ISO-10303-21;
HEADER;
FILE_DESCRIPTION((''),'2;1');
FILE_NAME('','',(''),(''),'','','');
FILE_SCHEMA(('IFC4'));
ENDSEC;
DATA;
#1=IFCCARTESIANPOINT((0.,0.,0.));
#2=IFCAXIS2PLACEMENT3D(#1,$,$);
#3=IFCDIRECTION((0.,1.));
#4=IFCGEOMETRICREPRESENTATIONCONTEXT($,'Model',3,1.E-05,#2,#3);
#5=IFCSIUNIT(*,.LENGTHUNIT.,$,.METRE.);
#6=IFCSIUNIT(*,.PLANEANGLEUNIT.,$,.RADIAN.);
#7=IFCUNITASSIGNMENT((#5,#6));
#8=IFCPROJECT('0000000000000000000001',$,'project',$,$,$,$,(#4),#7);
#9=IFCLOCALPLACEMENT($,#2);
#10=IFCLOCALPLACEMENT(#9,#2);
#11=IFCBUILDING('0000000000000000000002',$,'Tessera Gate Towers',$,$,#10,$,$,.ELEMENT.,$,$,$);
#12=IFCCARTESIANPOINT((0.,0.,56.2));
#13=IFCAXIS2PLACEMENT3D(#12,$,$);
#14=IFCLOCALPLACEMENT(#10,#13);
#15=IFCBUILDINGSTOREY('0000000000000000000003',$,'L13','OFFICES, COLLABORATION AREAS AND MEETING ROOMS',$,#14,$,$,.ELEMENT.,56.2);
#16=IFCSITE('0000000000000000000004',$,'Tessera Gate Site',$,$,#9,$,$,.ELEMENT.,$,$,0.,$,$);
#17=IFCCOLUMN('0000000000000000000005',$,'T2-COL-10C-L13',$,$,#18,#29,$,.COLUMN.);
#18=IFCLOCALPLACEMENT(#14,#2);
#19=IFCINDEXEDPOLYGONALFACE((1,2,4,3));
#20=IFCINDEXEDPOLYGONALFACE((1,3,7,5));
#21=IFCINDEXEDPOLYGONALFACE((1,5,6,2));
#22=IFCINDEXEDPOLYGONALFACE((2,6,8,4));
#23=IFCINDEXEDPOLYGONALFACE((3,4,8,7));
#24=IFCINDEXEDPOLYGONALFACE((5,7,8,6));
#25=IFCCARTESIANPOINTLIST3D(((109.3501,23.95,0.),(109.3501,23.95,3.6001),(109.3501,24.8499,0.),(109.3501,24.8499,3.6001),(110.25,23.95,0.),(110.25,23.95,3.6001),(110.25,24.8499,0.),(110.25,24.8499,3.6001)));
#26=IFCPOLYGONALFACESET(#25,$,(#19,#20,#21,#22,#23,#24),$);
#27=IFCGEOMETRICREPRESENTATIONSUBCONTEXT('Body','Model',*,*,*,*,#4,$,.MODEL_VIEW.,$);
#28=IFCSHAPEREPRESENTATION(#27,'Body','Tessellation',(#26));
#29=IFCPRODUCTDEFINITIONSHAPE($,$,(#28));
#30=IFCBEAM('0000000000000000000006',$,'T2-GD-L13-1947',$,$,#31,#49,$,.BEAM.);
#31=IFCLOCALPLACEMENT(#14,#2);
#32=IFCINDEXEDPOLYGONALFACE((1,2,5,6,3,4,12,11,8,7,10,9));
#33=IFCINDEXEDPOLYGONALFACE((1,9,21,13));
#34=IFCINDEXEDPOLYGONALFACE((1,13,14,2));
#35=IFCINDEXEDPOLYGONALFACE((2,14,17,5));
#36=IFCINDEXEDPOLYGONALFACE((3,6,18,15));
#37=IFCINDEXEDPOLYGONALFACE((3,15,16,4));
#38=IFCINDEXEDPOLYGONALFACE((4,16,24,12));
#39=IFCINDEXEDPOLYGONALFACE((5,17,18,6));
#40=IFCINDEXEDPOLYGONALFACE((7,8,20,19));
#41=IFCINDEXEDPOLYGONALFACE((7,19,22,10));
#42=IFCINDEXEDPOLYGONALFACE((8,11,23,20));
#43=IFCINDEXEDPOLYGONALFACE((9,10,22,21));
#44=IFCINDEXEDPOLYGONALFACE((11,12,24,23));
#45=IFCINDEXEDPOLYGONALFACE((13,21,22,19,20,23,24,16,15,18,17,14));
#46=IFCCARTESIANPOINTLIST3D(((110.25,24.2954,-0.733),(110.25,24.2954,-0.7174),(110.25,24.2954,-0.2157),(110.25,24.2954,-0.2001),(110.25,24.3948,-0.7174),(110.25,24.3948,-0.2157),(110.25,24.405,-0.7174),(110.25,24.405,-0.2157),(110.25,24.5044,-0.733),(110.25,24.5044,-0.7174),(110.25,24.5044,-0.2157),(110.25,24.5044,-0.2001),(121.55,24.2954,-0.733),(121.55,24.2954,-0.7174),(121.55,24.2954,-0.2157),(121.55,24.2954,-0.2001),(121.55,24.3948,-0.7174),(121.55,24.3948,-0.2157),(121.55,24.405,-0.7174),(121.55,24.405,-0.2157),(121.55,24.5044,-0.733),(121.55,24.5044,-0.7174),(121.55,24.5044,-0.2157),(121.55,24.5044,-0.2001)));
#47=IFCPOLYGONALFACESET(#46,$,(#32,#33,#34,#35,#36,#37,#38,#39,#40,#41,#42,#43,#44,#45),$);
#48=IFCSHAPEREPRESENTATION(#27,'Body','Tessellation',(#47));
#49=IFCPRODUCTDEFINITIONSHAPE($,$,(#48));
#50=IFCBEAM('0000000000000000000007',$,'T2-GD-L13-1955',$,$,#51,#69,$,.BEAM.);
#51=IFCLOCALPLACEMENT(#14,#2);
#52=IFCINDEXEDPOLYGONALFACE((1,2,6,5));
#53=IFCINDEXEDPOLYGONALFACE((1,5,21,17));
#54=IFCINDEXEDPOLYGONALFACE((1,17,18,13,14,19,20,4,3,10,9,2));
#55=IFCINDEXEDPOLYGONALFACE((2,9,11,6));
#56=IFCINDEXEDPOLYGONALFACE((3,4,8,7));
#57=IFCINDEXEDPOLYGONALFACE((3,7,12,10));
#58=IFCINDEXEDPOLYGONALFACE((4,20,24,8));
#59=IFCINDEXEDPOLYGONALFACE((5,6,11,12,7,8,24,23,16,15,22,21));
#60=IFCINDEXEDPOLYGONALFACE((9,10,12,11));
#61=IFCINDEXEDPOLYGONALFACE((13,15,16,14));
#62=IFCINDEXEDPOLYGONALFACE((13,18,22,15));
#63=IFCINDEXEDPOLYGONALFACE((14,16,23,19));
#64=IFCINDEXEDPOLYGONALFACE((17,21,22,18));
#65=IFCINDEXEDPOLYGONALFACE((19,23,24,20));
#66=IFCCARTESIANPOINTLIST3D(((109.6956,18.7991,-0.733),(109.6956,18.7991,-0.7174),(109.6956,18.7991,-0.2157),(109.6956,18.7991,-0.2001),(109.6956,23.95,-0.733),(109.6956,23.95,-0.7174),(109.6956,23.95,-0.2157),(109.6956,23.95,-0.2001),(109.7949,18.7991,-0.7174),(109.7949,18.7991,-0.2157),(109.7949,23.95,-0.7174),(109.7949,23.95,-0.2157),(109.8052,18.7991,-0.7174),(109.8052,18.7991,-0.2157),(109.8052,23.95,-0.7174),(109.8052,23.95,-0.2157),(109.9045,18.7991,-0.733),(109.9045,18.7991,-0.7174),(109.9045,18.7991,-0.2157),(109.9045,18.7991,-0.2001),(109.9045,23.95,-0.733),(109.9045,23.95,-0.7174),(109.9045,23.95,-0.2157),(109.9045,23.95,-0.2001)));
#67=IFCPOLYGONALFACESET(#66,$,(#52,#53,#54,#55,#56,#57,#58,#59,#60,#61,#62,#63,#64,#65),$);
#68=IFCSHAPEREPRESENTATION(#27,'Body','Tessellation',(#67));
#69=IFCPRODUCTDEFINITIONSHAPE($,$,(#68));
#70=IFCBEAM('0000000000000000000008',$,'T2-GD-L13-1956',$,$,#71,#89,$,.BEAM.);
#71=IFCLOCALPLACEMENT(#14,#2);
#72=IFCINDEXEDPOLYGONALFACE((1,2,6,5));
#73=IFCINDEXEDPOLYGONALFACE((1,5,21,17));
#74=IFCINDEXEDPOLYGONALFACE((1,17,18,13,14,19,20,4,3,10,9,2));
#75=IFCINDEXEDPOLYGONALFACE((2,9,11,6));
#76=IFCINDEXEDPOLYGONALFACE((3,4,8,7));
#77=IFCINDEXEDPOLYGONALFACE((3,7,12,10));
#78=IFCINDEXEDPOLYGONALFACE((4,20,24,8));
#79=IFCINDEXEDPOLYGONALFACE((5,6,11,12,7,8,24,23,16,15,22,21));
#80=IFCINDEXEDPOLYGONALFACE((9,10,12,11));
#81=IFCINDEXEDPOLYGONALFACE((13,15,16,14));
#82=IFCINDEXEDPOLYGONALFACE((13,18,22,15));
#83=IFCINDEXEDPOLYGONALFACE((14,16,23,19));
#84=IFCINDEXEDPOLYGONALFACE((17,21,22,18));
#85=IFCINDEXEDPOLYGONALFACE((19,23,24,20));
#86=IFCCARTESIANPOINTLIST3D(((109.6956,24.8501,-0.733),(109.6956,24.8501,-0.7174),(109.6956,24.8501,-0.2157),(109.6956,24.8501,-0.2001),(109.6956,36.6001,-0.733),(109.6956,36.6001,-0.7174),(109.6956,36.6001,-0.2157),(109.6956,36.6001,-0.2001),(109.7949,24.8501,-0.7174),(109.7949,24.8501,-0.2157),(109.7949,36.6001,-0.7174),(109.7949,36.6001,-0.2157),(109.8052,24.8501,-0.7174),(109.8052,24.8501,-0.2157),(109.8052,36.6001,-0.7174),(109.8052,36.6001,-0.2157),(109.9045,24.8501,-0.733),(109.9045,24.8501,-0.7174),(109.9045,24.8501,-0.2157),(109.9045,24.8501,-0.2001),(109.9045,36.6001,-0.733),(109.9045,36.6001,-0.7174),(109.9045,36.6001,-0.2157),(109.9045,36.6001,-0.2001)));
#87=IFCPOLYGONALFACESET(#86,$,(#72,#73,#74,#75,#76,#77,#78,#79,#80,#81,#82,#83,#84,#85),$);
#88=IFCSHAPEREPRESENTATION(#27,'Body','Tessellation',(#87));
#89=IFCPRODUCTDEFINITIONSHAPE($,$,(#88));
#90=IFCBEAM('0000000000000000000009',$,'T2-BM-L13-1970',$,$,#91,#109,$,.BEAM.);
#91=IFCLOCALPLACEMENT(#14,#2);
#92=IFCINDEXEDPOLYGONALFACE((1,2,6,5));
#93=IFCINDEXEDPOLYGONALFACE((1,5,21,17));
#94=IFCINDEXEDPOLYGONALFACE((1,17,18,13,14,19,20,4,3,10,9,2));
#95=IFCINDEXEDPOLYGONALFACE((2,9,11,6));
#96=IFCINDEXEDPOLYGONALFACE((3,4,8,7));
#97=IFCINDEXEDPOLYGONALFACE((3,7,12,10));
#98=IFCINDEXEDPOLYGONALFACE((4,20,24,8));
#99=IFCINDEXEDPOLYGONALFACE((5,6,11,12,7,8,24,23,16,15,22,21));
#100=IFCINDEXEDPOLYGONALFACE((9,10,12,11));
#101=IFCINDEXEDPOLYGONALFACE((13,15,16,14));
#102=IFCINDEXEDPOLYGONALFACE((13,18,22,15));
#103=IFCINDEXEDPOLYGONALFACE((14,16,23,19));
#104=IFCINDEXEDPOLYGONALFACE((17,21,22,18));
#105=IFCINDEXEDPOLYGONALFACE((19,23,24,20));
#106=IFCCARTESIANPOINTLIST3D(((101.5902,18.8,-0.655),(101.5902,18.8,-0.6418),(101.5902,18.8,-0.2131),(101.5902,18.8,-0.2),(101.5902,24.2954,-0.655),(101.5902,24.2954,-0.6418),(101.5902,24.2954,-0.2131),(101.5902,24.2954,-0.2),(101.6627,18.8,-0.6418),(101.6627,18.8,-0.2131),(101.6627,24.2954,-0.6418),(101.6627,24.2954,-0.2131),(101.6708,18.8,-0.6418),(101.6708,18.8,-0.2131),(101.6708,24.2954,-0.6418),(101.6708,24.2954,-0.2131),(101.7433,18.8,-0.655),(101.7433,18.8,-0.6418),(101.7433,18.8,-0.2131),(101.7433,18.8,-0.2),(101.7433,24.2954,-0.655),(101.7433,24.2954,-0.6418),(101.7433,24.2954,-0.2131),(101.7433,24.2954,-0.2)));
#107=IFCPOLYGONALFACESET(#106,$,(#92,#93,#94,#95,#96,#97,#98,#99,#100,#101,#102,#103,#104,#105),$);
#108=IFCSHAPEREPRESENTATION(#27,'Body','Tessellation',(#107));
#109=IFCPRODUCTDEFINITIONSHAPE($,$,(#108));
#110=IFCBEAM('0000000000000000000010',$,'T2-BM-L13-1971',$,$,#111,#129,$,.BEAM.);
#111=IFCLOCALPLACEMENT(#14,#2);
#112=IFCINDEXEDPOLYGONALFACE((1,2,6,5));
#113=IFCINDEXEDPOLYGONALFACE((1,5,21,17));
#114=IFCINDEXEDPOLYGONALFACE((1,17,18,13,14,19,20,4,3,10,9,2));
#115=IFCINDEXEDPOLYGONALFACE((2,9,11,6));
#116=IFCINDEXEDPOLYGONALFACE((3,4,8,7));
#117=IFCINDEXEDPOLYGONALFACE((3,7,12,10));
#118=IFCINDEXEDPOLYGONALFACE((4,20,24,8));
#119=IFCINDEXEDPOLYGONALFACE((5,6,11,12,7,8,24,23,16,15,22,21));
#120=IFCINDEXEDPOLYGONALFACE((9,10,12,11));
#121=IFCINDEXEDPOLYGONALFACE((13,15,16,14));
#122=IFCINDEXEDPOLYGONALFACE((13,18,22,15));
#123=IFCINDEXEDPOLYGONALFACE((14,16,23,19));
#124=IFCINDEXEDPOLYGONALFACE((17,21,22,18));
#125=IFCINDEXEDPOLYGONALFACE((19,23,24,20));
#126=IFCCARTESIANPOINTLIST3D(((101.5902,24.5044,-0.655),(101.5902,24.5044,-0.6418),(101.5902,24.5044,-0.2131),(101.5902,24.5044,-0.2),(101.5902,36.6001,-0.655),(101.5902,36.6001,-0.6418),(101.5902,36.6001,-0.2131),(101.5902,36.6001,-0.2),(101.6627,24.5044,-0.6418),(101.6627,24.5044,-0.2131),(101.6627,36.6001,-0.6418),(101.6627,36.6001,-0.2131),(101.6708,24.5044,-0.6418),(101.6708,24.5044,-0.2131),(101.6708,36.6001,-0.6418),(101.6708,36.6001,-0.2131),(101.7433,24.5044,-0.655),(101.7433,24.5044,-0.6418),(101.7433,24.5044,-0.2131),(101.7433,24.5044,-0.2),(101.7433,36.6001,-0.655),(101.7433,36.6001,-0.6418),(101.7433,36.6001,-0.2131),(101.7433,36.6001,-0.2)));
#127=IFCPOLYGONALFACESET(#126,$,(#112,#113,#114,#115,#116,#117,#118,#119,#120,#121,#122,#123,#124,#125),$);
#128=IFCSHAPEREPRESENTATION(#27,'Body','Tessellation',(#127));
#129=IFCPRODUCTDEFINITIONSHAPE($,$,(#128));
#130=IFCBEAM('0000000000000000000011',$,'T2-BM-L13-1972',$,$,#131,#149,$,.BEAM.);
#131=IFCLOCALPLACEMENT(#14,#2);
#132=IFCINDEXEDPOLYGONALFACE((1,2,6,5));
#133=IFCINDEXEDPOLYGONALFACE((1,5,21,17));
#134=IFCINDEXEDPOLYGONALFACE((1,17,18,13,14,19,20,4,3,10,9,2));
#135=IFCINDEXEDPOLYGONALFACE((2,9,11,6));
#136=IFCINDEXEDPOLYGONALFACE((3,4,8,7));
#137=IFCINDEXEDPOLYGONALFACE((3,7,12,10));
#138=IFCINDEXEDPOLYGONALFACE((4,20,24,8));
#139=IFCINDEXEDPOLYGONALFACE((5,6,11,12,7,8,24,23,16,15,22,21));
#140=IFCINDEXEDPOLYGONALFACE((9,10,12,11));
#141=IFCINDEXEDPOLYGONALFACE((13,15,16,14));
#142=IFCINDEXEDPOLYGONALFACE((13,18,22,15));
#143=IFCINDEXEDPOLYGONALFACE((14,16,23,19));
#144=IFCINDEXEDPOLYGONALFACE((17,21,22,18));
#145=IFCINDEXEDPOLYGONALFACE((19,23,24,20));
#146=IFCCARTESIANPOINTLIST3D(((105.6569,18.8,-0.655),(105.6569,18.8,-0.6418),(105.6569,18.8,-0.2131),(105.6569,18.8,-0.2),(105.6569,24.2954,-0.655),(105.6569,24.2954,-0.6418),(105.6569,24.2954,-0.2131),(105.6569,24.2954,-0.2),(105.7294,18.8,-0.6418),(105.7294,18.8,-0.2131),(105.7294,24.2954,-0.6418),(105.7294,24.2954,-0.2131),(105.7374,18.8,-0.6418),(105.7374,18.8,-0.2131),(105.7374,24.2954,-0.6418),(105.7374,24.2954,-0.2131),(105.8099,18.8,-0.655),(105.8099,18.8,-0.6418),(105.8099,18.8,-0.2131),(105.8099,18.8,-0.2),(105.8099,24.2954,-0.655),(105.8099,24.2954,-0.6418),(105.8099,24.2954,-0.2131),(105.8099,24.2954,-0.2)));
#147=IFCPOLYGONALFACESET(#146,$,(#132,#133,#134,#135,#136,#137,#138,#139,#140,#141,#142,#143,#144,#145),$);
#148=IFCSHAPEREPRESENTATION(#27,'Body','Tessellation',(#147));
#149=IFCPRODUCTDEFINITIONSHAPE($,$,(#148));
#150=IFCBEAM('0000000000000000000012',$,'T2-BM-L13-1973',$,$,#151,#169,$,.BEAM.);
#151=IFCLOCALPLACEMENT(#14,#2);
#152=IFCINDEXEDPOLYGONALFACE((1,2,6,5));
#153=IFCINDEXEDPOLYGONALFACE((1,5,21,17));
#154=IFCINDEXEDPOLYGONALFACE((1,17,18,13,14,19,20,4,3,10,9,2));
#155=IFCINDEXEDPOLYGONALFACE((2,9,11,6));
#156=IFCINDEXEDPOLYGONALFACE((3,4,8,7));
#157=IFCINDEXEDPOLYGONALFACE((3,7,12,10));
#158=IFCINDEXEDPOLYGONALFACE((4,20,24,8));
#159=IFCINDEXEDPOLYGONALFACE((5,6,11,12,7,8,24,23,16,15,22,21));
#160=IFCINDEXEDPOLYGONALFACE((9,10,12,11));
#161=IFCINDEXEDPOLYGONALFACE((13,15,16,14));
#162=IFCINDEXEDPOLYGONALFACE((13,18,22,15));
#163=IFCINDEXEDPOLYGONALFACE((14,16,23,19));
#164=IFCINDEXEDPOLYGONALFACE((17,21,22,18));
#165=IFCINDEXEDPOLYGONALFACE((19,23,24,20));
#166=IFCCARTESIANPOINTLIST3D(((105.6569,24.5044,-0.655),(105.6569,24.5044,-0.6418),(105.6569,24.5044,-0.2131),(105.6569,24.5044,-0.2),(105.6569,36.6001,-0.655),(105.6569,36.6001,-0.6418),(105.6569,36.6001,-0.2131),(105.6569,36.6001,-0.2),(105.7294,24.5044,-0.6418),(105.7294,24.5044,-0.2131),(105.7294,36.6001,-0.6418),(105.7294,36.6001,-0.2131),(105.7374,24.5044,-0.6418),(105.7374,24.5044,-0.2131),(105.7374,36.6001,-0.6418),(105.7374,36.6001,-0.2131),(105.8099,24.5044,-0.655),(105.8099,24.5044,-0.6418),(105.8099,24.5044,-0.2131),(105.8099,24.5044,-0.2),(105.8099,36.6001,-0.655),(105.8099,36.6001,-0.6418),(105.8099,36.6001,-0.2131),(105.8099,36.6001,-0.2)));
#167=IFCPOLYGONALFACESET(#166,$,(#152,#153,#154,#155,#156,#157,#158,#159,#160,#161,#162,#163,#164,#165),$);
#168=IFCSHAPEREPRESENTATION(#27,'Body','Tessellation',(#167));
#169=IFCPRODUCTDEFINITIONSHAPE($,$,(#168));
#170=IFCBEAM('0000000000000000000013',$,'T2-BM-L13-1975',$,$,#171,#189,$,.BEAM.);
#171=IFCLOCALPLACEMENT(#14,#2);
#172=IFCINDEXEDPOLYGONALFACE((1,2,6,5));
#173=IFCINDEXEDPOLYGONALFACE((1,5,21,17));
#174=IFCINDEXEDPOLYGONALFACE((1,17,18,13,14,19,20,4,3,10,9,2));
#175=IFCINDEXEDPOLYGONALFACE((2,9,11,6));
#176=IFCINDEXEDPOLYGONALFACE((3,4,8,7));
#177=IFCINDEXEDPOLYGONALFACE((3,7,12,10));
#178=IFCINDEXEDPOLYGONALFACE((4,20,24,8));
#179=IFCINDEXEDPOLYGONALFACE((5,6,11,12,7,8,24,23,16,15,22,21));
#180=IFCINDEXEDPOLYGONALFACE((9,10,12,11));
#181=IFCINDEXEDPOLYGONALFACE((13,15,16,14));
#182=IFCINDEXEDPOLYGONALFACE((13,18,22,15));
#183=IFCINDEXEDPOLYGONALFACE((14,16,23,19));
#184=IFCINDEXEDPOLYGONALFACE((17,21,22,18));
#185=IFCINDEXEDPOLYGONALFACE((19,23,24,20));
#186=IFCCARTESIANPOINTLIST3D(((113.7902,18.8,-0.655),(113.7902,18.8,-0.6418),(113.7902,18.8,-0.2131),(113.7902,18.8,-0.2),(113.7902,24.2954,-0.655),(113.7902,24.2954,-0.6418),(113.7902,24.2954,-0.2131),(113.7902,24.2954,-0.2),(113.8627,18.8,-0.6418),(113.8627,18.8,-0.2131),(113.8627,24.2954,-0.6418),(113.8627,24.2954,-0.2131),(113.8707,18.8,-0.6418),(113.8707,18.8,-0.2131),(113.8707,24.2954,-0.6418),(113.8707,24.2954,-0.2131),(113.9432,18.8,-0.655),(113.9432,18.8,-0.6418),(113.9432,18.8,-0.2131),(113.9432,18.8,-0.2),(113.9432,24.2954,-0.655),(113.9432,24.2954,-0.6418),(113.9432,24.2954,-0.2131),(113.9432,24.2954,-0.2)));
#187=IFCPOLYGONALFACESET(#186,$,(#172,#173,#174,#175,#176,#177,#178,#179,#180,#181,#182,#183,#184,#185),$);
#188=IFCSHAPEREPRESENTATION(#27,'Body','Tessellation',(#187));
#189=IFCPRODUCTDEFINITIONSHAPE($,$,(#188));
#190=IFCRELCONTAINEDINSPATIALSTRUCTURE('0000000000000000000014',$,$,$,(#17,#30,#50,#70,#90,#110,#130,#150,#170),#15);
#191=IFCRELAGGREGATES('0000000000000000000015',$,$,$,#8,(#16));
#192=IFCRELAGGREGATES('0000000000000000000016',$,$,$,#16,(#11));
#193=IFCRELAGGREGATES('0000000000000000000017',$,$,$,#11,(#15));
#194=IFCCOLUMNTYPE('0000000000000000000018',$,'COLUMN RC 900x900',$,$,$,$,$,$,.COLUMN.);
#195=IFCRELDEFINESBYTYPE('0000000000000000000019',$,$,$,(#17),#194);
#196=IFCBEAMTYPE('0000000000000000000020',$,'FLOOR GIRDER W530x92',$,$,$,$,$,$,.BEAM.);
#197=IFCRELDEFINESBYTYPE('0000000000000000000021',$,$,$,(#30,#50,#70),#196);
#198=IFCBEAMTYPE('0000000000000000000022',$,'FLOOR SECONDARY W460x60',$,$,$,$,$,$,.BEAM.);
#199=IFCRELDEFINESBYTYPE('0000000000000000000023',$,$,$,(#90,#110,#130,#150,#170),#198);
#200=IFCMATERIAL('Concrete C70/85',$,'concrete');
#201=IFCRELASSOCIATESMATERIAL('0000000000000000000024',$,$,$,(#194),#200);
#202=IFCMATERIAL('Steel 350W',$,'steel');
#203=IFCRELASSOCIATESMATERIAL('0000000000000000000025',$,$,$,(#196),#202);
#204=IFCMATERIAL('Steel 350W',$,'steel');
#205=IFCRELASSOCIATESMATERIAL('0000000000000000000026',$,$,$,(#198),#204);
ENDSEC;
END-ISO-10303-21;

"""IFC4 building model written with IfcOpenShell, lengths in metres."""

from ifc_helpers import new_model, si_unit, direction, frame, origin, origin_2d, place, context, subcontext, project, spatial, rectangle, i_section, extrude, material, material_profile, profile_set, type_object, element, save


model = new_model("IFC4")

# Units and contexts
model_context = context("Model", 3, precision=1e-05, world=origin(), true_north=direction((0.0, 1.0)))
body_context = subcontext(model_context, "Body", "Model", "MODEL_VIEW")
ifc_project = project(units=[si_unit("LENGTHUNIT", "METRE"), si_unit("PLANEANGLEUNIT", "RADIAN")], contexts=[model_context])

# Site, building, storey
site_placement = place(None, origin())
site = spatial("IfcSite", under=ifc_project, at=site_placement, Name="Tessera Gate Site", CompositionType="ELEMENT", RefElevation=0.0)
building_placement = place(site_placement, origin())
building = spatial("IfcBuilding", under=site, at=building_placement, Name="Tessera Gate Towers", CompositionType="ELEMENT")
storey_placement = place(building_placement, frame((0.0, 0.0, 56.2)))
storey = spatial("IfcBuildingStorey", under=building, at=storey_placement, Name="L13", Description="OFFICES, COLLABORATION AREAS AND MEETING ROOMS", CompositionType="ELEMENT", Elevation=56.2)

# Column
ifc_material_1 = material(Name="Concrete C70/85", Category="concrete")
ifc_material_profile_1 = material_profile(ifc_material_1, rectangle(XDim=0.8999, YDim=0.8999, at=origin_2d()), Name="RC 900x900")
ifc_profile_set_1 = profile_set([ifc_material_profile_1], Name="Concrete C70/85")
column_type = type_object("IfcColumnType", Name="COLUMN RC 900x900", PredefinedType="COLUMN", material=ifc_profile_set_1)
column_placement = place(storey_placement, frame((109.8, 24.3999, 0.0), z_axis=(0.0, 0.0, 1.0), x_axis=(1.0, 0.0, 0.0)))
element("IfcColumn", 1, at=column_placement, inside=storey, type_object=column_type, Name="T2-COL-10C-L13", PredefinedType="COLUMN", context=body_context, shape_type="SweptSolid", body=[
    extrude(rectangle(XDim=0.8999, YDim=0.8999, at=origin_2d()), origin(), (0.0, 0.0, 1.0), 3.6001),
])

# Beams
ifc_material_2 = material(Name="Steel 350W", Category="steel")
ifc_material_profile_2 = material_profile(ifc_material_2, i_section(OverallWidth=0.209, OverallDepth=0.533, WebThickness=0.0103, FlangeThickness=0.0156, at=origin_2d()), Name="W530x92")
ifc_profile_set_2 = profile_set([ifc_material_profile_2], Name="Steel 350W")
beam_type_1 = type_object("IfcBeamType", Name="FLOOR GIRDER W530x92", PredefinedType="BEAM", material=ifc_profile_set_2)
beam_1_placement = place(storey_placement, frame((110.25, 24.3999, -0.4666), z_axis=(1.0, 0.0, 0.0), x_axis=(0.0, 1.0, 0.0)))
element("IfcBeam", 2, at=beam_1_placement, inside=storey, type_object=beam_type_1, Name="T2-GD-L13-1947", PredefinedType="BEAM", context=body_context, shape_type="SweptSolid", body=[
    extrude(i_section(OverallWidth=0.209, OverallDepth=0.533, WebThickness=0.0103, FlangeThickness=0.0156, at=origin_2d()), origin(), (0.0, 0.0, 1.0), 11.3),
])
beam_2_placement = place(storey_placement, frame((109.8, 18.7991, -0.4666), z_axis=(0.0, 1.0, 0.0), x_axis=(-1.0, 0.0, 0.0)))
element("IfcBeam", 3, at=beam_2_placement, inside=storey, type_object=beam_type_1, Name="T2-GD-L13-1955", PredefinedType="BEAM", context=body_context, shape_type="SweptSolid", body=[
    extrude(i_section(OverallWidth=0.209, OverallDepth=0.533, WebThickness=0.0103, FlangeThickness=0.0156, at=origin_2d()), origin(), (0.0, 0.0, 1.0), 5.1509),
])
beam_3_placement = place(storey_placement, frame((109.8, 24.8501, -0.4666), z_axis=(0.0, 1.0, 0.0), x_axis=(-1.0, 0.0, 0.0)))
element("IfcBeam", 4, at=beam_3_placement, inside=storey, type_object=beam_type_1, Name="T2-GD-L13-1956", PredefinedType="BEAM", context=body_context, shape_type="SweptSolid", body=[
    extrude(i_section(OverallWidth=0.209, OverallDepth=0.533, WebThickness=0.0103, FlangeThickness=0.0156, at=origin_2d()), origin(), (0.0, 0.0, 1.0), 11.75),
])
ifc_material_3 = material(Name="Steel 350W", Category="steel")
ifc_material_profile_3 = material_profile(ifc_material_3, i_section(OverallWidth=0.1531, OverallDepth=0.4551, WebThickness=0.0081, FlangeThickness=0.0132, at=origin_2d()), Name="W460x60")
ifc_profile_set_3 = profile_set([ifc_material_profile_3], Name="Steel 350W")
beam_type_2 = type_object("IfcBeamType", Name="FLOOR SECONDARY W460x60", PredefinedType="BEAM", material=ifc_profile_set_3)
beam_4_placement = place(storey_placement, frame((101.6667, 18.8, -0.4275), z_axis=(0.0, 1.0, 0.0), x_axis=(-1.0, 0.0, 0.0)))
element("IfcBeam", 5, at=beam_4_placement, inside=storey, type_object=beam_type_2, Name="T2-BM-L13-1970", PredefinedType="BEAM", context=body_context, shape_type="SweptSolid", body=[
    extrude(i_section(OverallWidth=0.1531, OverallDepth=0.4551, WebThickness=0.0081, FlangeThickness=0.0132, at=origin_2d()), origin(), (0.0, 0.0, 1.0), 5.4954),
])
beam_5_placement = place(storey_placement, frame((101.6667, 24.5044, -0.4275), z_axis=(0.0, 1.0, 0.0), x_axis=(-1.0, 0.0, 0.0)))
element("IfcBeam", 6, at=beam_5_placement, inside=storey, type_object=beam_type_2, Name="T2-BM-L13-1971", PredefinedType="BEAM", context=body_context, shape_type="SweptSolid", body=[
    extrude(i_section(OverallWidth=0.1531, OverallDepth=0.4551, WebThickness=0.0081, FlangeThickness=0.0132, at=origin_2d()), origin(), (0.0, 0.0, 1.0), 12.0957),
])
beam_6_placement = place(storey_placement, frame((105.7334, 18.8, -0.4275), z_axis=(0.0, 1.0, 0.0), x_axis=(-1.0, 0.0, 0.0)))
element("IfcBeam", 7, at=beam_6_placement, inside=storey, type_object=beam_type_2, Name="T2-BM-L13-1972", PredefinedType="BEAM", context=body_context, shape_type="SweptSolid", body=[
    extrude(i_section(OverallWidth=0.1531, OverallDepth=0.4551, WebThickness=0.0081, FlangeThickness=0.0132, at=origin_2d()), origin(), (0.0, 0.0, 1.0), 5.4954),
])
beam_7_placement = place(storey_placement, frame((105.7334, 24.5044, -0.4275), z_axis=(0.0, 1.0, 0.0), x_axis=(-1.0, 0.0, 0.0)))
element("IfcBeam", 8, at=beam_7_placement, inside=storey, type_object=beam_type_2, Name="T2-BM-L13-1973", PredefinedType="BEAM", context=body_context, shape_type="SweptSolid", body=[
    extrude(i_section(OverallWidth=0.1531, OverallDepth=0.4551, WebThickness=0.0081, FlangeThickness=0.0132, at=origin_2d()), origin(), (0.0, 0.0, 1.0), 12.0957),
])
beam_8_placement = place(storey_placement, frame((113.8667, 18.8, -0.4275), z_axis=(0.0, 1.0, 0.0), x_axis=(-1.0, 0.0, 0.0)))
element("IfcBeam", 9, at=beam_8_placement, inside=storey, type_object=beam_type_2, Name="T2-BM-L13-1975", PredefinedType="BEAM", context=body_context, shape_type="SweptSolid", body=[
    extrude(i_section(OverallWidth=0.1531, OverallDepth=0.4551, WebThickness=0.0081, FlangeThickness=0.0132, at=origin_2d()), origin(), (0.0, 0.0, 1.0), 5.4954),
])

save(model, "model.ifc")
